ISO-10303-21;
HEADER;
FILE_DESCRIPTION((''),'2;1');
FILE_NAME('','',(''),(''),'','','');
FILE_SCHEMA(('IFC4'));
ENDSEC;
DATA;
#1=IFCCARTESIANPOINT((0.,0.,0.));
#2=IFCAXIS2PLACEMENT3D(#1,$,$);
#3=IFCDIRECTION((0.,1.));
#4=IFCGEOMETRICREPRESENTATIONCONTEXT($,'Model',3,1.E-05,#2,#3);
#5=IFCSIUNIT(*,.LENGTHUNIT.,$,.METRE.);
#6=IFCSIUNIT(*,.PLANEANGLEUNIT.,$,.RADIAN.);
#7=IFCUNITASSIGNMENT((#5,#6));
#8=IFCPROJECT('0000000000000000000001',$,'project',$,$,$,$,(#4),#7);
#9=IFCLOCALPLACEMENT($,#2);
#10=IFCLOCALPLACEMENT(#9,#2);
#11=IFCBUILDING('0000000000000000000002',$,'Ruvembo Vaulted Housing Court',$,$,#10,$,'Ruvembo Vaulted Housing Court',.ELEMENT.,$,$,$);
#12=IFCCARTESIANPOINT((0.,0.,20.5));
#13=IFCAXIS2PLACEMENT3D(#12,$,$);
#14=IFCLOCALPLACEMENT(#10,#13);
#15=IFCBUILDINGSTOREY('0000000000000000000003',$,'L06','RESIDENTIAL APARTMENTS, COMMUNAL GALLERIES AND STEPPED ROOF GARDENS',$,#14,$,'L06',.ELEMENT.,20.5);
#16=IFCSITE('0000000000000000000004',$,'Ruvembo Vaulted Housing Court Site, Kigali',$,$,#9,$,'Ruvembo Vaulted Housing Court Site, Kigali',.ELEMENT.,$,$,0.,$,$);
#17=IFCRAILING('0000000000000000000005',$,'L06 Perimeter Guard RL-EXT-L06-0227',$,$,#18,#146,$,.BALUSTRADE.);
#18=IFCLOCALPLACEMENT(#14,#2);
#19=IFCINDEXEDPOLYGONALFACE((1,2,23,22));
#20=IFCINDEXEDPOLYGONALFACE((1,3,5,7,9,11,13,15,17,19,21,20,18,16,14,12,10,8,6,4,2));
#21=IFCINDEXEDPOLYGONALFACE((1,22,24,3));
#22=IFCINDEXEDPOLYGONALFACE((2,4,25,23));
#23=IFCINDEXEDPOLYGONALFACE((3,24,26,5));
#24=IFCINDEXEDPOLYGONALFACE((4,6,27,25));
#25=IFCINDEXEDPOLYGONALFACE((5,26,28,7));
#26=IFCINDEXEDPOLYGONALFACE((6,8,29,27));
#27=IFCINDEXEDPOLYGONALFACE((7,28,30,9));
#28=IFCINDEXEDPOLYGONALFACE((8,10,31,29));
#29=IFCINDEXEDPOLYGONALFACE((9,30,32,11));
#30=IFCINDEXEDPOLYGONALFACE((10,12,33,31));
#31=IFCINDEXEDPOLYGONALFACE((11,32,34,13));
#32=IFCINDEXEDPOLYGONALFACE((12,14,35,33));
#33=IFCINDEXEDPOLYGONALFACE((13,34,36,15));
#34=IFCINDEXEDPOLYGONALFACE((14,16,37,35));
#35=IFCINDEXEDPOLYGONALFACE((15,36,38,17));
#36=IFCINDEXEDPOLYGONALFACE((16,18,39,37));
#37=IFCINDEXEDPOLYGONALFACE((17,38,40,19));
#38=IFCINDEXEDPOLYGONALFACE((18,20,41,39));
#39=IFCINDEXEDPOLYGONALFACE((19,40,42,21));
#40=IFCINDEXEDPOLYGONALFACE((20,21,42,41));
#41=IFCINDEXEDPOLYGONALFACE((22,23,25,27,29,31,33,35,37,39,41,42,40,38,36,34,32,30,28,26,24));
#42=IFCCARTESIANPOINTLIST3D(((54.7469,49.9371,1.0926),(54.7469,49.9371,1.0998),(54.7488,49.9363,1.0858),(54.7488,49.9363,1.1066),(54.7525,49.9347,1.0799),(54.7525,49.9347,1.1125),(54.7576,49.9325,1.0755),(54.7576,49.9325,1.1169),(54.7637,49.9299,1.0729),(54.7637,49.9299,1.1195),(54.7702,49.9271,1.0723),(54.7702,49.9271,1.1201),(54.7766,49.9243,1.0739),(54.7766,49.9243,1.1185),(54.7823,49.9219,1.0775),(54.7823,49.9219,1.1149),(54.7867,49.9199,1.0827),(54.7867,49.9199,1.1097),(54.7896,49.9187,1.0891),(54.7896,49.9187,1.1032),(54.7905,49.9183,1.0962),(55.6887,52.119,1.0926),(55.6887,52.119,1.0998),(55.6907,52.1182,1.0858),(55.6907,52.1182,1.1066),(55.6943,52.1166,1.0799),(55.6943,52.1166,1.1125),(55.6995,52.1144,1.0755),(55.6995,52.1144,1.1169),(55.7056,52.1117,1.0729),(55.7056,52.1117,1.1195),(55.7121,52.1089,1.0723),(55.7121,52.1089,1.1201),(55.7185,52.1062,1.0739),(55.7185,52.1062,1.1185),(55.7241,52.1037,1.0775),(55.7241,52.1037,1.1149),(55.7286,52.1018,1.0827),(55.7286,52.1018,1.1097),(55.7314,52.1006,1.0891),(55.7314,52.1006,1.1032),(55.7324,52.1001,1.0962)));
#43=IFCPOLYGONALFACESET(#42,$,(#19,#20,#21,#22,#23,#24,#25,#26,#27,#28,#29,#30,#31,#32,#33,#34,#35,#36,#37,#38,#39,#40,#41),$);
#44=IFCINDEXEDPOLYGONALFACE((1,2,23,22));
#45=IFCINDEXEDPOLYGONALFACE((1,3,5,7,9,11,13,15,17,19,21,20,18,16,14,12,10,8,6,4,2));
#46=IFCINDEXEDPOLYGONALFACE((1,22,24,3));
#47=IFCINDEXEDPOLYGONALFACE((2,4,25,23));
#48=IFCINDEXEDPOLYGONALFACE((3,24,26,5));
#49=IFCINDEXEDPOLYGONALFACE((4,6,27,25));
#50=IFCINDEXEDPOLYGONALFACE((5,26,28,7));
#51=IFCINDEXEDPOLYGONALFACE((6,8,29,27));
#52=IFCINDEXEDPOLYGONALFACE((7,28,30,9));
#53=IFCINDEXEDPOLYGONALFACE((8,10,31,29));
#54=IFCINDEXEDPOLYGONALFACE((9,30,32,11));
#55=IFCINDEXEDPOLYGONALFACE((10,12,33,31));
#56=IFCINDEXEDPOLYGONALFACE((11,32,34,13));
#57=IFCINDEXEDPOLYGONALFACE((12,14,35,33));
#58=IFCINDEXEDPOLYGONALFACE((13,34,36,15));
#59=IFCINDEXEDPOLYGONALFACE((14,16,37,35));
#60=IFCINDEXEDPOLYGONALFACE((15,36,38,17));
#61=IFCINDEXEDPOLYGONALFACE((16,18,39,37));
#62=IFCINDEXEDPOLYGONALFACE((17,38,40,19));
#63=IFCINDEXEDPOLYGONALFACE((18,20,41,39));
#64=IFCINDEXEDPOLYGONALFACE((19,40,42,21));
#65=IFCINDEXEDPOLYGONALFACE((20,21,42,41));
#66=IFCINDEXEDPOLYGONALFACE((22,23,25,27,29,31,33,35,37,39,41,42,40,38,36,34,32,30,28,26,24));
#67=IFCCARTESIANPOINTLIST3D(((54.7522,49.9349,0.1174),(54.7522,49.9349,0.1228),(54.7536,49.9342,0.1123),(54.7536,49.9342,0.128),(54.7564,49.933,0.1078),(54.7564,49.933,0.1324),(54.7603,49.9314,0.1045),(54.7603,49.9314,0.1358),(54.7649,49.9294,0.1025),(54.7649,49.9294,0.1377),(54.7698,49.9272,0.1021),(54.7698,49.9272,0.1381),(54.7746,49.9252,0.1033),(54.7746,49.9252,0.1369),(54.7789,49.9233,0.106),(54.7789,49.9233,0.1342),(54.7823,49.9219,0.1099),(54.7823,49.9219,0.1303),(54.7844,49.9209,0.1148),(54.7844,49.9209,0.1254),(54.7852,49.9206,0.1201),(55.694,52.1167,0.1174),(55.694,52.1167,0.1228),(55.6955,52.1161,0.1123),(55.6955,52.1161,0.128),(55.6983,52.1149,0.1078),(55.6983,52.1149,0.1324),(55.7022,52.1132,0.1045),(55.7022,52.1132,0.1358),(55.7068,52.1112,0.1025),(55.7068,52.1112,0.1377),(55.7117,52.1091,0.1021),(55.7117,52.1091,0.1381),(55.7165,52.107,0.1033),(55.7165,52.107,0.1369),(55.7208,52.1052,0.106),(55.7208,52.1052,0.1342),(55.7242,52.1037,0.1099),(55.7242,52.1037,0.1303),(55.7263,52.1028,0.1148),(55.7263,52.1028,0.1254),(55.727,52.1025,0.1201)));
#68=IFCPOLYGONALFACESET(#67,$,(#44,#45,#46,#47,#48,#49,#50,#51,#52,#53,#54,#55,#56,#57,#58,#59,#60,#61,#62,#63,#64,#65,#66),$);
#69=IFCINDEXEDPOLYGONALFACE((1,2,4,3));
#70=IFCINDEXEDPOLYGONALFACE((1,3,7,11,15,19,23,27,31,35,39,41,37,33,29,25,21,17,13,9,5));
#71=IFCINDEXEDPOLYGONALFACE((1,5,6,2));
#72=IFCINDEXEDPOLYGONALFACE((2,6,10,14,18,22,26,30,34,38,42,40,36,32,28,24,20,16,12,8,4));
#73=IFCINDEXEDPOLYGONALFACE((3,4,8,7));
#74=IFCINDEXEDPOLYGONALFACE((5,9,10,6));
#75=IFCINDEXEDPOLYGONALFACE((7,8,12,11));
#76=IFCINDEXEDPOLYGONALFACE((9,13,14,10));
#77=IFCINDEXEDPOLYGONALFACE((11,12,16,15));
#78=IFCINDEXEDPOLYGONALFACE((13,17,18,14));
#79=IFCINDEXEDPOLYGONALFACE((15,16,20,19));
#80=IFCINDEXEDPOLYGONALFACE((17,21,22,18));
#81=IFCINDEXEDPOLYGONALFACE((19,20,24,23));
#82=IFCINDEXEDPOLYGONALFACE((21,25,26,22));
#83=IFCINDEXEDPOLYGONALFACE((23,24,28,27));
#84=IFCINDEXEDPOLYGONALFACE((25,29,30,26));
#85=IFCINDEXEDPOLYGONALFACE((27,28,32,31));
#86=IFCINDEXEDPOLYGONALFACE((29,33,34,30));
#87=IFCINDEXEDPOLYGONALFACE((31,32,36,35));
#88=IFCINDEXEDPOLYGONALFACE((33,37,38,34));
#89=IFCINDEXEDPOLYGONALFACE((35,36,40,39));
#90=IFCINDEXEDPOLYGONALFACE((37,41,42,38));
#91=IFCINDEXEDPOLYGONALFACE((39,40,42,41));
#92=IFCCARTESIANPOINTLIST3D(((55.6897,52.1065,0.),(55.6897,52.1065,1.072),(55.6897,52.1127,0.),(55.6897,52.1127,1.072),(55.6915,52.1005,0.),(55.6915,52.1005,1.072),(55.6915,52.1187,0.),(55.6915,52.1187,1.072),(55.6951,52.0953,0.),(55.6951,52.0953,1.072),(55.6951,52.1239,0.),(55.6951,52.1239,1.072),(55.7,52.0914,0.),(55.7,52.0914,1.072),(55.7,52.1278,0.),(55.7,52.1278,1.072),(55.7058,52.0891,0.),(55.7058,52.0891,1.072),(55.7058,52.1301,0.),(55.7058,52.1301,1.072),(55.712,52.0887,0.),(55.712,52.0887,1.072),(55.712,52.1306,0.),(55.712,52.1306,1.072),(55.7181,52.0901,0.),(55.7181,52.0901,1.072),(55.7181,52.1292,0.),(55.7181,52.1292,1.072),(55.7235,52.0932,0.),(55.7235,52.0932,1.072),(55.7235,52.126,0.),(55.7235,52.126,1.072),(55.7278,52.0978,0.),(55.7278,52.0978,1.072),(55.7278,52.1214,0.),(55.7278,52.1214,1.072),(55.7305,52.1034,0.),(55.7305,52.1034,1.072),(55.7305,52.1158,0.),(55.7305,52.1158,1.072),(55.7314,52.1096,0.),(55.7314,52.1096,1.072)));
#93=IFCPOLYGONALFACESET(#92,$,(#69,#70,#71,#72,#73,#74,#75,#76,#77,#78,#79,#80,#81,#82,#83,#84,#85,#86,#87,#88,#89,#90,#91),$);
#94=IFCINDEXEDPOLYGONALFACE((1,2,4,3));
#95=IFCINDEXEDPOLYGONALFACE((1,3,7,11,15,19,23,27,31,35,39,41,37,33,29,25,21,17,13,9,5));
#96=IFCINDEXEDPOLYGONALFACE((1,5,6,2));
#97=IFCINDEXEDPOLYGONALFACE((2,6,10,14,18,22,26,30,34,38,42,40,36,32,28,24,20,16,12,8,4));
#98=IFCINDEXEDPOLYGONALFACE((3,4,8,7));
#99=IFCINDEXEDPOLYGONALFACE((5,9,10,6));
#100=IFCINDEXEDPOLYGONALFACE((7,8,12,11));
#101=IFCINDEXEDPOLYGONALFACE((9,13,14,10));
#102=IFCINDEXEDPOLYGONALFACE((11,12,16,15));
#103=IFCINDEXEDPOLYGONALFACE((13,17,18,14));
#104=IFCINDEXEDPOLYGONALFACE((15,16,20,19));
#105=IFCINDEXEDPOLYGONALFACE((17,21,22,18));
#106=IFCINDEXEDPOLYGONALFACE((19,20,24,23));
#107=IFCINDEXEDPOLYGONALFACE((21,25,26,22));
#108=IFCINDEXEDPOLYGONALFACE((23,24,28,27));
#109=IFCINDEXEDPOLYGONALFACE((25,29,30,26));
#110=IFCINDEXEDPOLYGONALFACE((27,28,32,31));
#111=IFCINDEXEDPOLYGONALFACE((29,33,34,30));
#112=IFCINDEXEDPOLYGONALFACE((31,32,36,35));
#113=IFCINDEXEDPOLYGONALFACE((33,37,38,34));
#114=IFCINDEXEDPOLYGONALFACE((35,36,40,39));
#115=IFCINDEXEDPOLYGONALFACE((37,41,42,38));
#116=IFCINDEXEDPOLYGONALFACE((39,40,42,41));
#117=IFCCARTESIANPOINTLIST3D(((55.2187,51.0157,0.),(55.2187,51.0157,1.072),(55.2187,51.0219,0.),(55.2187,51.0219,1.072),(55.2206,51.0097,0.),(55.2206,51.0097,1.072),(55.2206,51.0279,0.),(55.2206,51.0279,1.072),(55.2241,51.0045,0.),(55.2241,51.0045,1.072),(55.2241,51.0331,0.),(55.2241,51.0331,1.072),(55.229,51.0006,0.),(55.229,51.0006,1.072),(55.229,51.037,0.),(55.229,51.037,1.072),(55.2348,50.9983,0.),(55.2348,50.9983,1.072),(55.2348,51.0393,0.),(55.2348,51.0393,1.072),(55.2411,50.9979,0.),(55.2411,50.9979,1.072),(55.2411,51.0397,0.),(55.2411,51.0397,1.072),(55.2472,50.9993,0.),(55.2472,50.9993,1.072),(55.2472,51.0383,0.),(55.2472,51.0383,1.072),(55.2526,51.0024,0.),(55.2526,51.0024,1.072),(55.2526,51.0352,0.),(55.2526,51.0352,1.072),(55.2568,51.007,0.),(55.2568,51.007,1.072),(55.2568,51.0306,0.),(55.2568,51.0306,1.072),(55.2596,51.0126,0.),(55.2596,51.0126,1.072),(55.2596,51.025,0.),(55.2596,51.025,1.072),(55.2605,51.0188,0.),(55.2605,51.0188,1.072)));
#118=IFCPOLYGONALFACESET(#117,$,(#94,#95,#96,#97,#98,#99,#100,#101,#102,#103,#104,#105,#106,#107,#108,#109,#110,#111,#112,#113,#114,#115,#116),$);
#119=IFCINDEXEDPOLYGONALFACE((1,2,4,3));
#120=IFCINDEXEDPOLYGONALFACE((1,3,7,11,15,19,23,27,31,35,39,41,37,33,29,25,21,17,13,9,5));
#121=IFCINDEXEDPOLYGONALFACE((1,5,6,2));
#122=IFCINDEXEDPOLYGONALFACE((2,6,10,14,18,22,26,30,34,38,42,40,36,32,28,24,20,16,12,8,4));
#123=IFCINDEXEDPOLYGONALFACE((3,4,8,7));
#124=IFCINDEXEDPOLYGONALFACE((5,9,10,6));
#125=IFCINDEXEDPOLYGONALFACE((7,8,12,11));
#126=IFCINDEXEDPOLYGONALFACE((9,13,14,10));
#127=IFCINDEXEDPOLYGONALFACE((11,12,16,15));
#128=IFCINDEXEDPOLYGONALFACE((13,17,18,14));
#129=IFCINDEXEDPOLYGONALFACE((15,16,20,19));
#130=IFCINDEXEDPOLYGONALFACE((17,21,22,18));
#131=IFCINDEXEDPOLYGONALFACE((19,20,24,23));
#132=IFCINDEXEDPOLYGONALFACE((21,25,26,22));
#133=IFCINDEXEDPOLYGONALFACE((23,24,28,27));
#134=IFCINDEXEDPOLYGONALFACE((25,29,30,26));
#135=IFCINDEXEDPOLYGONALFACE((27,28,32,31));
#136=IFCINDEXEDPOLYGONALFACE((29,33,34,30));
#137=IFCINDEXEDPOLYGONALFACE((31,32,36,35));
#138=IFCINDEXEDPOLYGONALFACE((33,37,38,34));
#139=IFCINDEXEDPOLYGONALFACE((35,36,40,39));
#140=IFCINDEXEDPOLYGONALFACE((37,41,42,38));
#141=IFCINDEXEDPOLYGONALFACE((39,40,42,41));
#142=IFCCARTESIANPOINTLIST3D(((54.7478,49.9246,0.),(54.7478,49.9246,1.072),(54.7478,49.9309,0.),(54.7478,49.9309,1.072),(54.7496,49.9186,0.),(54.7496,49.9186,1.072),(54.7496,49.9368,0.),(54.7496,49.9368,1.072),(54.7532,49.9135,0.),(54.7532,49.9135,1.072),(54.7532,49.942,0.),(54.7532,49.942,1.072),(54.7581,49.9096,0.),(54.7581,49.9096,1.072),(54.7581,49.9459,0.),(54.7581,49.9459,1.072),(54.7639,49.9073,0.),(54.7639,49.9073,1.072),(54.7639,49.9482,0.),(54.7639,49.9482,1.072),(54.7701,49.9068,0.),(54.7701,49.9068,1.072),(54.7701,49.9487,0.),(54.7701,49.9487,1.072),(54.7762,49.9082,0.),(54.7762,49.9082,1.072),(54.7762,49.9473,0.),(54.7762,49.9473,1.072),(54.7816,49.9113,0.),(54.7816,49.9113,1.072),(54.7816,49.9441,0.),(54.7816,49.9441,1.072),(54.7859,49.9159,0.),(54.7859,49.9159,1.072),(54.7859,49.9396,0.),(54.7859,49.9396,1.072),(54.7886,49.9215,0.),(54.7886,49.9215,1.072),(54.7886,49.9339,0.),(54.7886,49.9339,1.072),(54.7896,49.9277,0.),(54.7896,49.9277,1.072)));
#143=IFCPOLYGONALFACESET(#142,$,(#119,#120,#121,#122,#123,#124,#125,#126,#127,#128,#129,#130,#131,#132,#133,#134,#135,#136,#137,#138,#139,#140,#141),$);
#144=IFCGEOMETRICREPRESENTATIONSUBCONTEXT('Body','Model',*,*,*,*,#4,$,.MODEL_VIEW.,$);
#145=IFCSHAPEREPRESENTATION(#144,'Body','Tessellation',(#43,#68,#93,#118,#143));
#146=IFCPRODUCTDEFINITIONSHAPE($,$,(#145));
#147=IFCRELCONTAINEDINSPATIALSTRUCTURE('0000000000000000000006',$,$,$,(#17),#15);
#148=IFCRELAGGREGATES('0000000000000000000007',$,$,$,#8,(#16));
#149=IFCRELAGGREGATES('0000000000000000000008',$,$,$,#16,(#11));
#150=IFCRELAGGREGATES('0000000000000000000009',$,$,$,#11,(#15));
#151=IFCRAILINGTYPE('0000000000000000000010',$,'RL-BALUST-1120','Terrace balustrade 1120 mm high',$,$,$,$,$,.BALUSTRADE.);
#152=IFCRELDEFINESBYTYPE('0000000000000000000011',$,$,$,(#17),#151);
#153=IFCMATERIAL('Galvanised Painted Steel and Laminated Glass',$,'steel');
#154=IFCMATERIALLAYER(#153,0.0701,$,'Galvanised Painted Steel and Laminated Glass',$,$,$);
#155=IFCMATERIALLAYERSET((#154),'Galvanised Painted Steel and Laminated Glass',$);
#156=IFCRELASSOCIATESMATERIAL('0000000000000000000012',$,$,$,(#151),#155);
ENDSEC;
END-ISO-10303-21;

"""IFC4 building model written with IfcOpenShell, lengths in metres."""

from ifc_helpers import new_model, si_unit, direction, frame, origin, origin_2d, place, context, subcontext, project, spatial, circle, extrude, material, layer, layer_set, type_object, element, save


model = new_model("IFC4")

# Units and contexts
model_context = context("Model", 3, precision=1e-05, world=origin(), true_north=direction((0.0, 1.0)))
body_context = subcontext(model_context, "Body", "Model", "MODEL_VIEW")
ifc_project = project(units=[si_unit("LENGTHUNIT", "METRE"), si_unit("PLANEANGLEUNIT", "RADIAN")], contexts=[model_context])

# Site, building, storey
site_placement = place(None, origin())
site = spatial("IfcSite", under=ifc_project, at=site_placement, Name="Ruvembo Vaulted Housing Court Site, Kigali", LongName="Ruvembo Vaulted Housing Court Site, Kigali", CompositionType="ELEMENT", RefElevation=0.0)
building_placement = place(site_placement, origin())
building = spatial("IfcBuilding", under=site, at=building_placement, Name="Ruvembo Vaulted Housing Court", LongName="Ruvembo Vaulted Housing Court", CompositionType="ELEMENT")
storey_placement = place(building_placement, frame((0.0, 0.0, 20.5)))
storey = spatial("IfcBuildingStorey", under=building, at=storey_placement, Name="L06", Description="RESIDENTIAL APARTMENTS, COMMUNAL GALLERIES AND STEPPED ROOF GARDENS", LongName="L06", CompositionType="ELEMENT", Elevation=20.5)

# Railing
ifc_material_1 = material(Name="Galvanised Painted Steel and Laminated Glass", Category="steel")
ifc_layer = layer(ifc_material_1, 0.0701, Name="Galvanised Painted Steel and Laminated Glass")
ifc_layer_set = layer_set([ifc_layer], Name="Galvanised Painted Steel and Laminated Glass")
railing_type = type_object("IfcRailingType", Name="RL-BALUST-1120", Description="Terrace balustrade 1120 mm high", PredefinedType="BALUSTRADE", material=ifc_layer_set)
railing_1_placement = place(storey_placement, frame((55.7104, 52.1096, 0.0)))
element("IfcRailing", 1, at=railing_1_placement, inside=storey, type_object=railing_type, Name="L06 Perimeter Guard RL-EXT-L06-0227", PredefinedType="BALUSTRADE", context=body_context, shape_type="SweptSolid", body=[
    extrude(circle(Radius=0.0239, at=origin_2d()), frame((0.0, 0.0, 1.0962), z_axis=(-0.396336, -0.918106, 0.0), x_axis=(0.918106, -0.396336, 0.0)), (0.0, 0.0, 1.0), 2.3765),
    extrude(circle(Radius=0.0181, at=origin_2d()), frame((0.0, 0.0, 0.1201), z_axis=(-0.396336, -0.918106, 0.0), x_axis=(0.918106, -0.396336, 0.0)), (0.0, 0.0, 1.0), 2.3765),
    extrude(circle(Radius=0.021, at=origin_2d()), origin(), (0.0, 0.0, 1.0), 1.072),
    extrude(circle(Radius=0.021, at=origin_2d()), frame((-0.4709, -1.0908, 0.0)), (0.0, 0.0, 1.0), 1.072),
    extrude(circle(Radius=0.021, at=origin_2d()), frame((-0.9419, -2.1819, 0.0)), (0.0, 0.0, 1.0), 1.072),
])

save(model, "model.ifc")
